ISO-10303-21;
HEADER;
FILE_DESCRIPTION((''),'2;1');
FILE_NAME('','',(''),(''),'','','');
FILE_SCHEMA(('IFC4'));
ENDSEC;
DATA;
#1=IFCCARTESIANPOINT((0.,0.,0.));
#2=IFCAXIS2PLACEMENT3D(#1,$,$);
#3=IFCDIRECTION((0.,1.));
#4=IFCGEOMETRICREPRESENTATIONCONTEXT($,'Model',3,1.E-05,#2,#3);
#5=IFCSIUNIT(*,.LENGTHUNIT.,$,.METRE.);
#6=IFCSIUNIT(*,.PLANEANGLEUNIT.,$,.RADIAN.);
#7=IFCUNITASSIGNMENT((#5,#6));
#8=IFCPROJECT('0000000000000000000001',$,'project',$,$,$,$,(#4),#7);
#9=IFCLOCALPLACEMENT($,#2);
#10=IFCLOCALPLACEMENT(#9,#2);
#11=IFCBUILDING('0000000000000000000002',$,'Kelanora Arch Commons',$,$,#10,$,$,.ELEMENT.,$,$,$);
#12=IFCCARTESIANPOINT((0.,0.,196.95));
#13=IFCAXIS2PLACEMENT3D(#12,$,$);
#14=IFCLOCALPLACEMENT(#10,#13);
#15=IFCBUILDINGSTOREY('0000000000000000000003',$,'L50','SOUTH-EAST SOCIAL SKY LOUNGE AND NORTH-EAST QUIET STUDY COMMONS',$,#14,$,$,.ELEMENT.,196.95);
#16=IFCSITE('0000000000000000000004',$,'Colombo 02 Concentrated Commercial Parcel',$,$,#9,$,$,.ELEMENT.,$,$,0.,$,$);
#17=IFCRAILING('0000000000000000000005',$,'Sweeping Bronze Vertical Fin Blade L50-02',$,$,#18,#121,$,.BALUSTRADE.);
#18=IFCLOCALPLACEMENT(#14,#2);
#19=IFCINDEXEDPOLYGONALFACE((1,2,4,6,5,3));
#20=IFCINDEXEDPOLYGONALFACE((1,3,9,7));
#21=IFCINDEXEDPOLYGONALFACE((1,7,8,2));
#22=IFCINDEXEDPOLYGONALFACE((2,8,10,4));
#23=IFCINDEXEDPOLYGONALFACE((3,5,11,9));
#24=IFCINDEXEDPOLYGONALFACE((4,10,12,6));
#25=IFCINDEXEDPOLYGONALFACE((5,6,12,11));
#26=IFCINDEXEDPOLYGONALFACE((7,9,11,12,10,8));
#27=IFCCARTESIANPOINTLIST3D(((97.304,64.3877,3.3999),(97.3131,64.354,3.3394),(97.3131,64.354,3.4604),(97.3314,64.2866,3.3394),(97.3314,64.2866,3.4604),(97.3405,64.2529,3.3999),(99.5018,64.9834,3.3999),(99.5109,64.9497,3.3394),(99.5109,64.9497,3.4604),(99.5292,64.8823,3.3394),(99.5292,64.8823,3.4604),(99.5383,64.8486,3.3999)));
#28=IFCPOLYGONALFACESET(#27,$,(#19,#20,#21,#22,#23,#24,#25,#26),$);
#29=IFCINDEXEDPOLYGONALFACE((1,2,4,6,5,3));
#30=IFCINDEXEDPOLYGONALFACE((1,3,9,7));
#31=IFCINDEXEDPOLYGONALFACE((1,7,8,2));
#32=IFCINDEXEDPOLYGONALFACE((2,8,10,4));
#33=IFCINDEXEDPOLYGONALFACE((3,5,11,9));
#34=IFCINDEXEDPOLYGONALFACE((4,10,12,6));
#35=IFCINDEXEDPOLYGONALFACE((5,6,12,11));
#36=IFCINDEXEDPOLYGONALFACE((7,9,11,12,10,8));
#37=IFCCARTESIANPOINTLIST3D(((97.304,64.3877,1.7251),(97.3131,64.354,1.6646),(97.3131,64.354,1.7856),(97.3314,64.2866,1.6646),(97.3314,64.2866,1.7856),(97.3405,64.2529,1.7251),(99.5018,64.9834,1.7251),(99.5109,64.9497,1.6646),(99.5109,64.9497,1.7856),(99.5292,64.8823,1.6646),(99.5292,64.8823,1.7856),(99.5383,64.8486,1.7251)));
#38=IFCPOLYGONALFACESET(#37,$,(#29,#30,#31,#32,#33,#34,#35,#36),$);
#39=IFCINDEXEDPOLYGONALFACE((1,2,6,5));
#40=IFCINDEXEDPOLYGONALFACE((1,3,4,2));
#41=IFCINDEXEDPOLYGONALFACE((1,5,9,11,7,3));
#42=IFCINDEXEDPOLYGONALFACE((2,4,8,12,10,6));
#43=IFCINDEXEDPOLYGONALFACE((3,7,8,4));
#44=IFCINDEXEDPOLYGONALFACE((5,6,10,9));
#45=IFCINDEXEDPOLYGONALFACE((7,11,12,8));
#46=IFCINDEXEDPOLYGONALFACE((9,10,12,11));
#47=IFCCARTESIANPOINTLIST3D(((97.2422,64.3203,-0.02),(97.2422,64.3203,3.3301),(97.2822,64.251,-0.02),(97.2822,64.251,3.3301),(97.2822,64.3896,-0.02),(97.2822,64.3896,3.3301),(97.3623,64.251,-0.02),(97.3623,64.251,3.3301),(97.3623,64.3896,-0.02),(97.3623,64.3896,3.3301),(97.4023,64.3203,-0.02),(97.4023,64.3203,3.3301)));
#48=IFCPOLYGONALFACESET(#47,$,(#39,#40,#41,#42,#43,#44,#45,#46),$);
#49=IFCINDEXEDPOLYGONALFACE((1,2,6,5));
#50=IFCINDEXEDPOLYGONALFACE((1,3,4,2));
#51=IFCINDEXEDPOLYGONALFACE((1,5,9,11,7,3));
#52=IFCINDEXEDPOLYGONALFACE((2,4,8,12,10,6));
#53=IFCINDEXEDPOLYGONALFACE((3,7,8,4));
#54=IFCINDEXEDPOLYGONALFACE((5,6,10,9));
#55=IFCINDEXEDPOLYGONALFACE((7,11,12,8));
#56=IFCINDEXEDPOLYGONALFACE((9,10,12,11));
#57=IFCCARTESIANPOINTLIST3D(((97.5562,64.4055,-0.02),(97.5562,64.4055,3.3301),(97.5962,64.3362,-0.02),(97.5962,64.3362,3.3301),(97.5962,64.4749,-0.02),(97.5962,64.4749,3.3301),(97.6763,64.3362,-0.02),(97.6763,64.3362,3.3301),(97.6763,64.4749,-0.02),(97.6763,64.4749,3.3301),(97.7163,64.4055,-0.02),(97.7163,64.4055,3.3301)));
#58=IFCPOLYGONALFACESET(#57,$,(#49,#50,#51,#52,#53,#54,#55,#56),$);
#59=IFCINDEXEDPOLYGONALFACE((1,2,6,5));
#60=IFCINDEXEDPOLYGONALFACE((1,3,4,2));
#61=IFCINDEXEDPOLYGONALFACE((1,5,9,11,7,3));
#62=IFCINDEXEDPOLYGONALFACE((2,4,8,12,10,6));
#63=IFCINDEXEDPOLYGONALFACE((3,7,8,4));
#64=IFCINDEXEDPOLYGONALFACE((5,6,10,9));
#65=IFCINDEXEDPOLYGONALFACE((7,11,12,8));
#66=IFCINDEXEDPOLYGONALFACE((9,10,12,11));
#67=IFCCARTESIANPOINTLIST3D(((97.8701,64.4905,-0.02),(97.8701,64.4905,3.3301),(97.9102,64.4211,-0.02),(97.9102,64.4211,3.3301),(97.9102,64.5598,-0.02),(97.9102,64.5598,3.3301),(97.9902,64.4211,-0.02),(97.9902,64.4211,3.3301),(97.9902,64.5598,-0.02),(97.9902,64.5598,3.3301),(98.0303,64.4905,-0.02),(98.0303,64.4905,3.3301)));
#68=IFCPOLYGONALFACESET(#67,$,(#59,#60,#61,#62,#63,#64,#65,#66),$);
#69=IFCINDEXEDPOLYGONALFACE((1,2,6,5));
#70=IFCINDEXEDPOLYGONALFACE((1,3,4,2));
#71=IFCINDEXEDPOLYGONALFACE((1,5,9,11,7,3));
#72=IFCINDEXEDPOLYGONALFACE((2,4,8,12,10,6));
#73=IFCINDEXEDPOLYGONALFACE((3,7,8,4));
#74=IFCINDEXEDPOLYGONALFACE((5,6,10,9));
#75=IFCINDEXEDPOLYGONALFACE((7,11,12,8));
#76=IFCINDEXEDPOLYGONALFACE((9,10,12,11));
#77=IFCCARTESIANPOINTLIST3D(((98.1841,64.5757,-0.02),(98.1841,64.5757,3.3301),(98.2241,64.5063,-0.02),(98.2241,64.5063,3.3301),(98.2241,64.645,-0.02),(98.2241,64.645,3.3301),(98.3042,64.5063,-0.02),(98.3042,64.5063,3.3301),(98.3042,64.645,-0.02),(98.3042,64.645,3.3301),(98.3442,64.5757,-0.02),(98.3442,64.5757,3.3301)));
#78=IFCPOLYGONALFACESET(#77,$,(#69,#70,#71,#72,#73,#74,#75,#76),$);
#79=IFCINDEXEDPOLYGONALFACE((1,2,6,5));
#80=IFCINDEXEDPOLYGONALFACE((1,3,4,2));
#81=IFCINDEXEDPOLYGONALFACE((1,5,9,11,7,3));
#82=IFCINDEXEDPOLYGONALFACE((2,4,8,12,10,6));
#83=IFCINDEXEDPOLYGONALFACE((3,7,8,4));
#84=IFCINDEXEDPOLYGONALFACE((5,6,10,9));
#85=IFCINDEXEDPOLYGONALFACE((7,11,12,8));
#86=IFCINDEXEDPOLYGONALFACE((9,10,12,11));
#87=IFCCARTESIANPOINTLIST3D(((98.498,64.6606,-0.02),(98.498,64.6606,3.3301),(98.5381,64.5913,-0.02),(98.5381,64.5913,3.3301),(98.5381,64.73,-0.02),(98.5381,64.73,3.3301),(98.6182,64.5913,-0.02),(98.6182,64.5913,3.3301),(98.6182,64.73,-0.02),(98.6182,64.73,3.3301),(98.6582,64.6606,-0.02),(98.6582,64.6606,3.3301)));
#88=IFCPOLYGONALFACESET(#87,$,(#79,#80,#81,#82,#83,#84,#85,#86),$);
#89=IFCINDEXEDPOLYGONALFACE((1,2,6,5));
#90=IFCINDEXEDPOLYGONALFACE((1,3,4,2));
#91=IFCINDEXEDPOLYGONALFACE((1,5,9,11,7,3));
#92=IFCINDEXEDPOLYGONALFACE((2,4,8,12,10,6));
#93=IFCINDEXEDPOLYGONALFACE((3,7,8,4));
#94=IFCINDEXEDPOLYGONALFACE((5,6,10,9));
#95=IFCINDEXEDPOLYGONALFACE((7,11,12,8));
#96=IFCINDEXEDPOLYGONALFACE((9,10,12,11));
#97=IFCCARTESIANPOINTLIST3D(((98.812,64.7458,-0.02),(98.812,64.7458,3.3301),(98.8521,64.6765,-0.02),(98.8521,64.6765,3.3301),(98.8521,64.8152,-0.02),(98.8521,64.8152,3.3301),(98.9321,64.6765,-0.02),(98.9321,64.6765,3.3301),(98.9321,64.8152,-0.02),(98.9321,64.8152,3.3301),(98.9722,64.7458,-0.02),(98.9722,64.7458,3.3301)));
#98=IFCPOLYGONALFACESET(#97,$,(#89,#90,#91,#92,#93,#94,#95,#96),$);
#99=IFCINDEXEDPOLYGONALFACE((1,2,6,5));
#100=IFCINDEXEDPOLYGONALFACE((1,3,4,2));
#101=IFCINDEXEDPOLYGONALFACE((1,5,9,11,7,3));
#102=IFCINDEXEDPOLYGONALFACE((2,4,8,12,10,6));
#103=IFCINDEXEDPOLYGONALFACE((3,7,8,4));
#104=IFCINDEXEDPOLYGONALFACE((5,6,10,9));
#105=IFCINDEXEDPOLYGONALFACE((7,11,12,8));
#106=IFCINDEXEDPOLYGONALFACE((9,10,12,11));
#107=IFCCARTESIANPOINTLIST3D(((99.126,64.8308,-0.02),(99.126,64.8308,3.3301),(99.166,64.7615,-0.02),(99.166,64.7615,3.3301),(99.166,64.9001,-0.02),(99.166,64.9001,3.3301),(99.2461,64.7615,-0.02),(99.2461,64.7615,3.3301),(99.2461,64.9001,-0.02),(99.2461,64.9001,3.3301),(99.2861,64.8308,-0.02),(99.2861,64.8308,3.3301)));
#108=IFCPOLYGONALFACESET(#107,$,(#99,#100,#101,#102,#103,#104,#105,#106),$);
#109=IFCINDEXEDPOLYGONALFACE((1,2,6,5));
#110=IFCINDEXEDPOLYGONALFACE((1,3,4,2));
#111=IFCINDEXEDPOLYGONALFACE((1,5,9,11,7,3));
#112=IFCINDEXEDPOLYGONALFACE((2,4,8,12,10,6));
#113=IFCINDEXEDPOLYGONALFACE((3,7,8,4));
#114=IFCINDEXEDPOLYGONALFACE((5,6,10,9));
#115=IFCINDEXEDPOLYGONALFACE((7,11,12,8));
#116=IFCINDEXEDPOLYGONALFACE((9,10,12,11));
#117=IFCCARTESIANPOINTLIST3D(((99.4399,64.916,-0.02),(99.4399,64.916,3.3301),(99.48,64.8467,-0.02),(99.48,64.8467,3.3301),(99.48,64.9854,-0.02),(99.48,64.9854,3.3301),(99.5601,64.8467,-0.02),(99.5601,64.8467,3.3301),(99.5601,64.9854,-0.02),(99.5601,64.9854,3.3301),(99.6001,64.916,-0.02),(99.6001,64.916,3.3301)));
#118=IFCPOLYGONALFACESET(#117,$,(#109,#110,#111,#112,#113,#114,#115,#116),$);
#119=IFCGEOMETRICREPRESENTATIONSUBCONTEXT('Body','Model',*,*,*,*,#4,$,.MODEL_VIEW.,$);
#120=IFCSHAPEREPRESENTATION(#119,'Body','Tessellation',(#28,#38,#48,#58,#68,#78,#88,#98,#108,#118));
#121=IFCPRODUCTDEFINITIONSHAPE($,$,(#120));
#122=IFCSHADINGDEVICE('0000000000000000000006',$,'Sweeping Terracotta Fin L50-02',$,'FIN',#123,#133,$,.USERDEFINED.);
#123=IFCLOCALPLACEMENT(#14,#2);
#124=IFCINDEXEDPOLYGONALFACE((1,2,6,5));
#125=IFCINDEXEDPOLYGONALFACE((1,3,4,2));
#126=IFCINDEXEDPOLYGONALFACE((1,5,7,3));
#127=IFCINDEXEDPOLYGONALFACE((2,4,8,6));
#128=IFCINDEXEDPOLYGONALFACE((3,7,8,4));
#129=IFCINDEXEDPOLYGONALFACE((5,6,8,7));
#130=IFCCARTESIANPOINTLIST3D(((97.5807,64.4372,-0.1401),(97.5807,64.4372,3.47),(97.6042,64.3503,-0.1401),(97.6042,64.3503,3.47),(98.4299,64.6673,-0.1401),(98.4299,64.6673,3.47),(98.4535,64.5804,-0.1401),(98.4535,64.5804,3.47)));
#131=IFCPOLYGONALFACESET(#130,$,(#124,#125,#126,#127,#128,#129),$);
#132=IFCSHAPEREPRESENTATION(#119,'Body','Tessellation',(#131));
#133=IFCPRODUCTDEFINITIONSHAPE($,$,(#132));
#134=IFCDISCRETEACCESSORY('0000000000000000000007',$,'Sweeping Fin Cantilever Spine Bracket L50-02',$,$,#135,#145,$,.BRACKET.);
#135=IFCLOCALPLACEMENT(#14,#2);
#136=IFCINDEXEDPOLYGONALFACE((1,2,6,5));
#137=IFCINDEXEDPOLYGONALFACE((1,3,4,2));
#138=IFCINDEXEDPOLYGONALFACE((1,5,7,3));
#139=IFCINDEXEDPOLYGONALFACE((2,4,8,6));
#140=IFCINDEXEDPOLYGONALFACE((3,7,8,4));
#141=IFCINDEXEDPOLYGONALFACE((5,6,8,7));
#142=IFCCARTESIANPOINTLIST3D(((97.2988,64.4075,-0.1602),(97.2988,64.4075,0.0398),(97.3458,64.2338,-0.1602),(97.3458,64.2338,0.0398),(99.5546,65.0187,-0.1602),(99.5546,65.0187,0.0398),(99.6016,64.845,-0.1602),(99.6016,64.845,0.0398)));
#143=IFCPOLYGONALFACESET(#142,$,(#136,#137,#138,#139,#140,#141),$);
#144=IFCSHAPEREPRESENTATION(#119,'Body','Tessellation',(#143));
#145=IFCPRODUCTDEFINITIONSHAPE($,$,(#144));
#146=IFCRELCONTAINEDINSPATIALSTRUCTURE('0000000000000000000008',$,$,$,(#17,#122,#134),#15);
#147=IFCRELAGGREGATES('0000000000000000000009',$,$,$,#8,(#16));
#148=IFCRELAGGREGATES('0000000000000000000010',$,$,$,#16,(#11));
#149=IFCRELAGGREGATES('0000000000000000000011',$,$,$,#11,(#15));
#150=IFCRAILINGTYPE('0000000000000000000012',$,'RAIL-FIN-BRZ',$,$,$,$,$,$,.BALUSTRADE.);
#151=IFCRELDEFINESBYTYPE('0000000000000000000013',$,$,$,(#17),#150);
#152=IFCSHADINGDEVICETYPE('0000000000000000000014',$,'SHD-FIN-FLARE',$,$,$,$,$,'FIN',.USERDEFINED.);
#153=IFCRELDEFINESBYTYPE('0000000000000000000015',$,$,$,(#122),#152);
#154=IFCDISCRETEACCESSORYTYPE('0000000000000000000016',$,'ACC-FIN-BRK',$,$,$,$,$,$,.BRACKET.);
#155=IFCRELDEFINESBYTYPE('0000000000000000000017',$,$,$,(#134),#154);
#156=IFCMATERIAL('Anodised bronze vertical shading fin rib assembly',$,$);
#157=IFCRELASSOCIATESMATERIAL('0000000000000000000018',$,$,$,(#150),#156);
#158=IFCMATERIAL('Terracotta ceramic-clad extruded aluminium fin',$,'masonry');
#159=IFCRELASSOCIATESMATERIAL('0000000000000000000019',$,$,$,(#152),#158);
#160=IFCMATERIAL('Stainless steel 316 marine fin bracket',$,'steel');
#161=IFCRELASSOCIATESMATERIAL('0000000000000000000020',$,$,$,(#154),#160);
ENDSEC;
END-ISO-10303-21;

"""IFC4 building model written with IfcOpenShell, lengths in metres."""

from ifc_helpers import new_model, si_unit, direction, frame, origin, origin_2d, place, context, subcontext, project, spatial, polyline, rectangle, outline, extrude, source, transform, mapped, material, type_object, element, save


model = new_model("IFC4")

# Units and contexts
model_context = context("Model", 3, precision=1e-05, world=origin(), true_north=direction((0.0, 1.0)))
body_context = subcontext(model_context, "Body", "Model", "MODEL_VIEW")
ifc_project = project(units=[si_unit("LENGTHUNIT", "METRE"), si_unit("PLANEANGLEUNIT", "RADIAN")], contexts=[model_context])

# Site, building, storey
site_placement = place(None, origin())
site = spatial("IfcSite", under=ifc_project, at=site_placement, Name="Colombo 02 Concentrated Commercial Parcel", CompositionType="ELEMENT", RefElevation=0.0)
building_placement = place(site_placement, origin())
building = spatial("IfcBuilding", under=site, at=building_placement, Name="Kelanora Arch Commons", CompositionType="ELEMENT")
storey_placement = place(building_placement, frame((0.0, 0.0, 196.95)))
storey = spatial("IfcBuildingStorey", under=building, at=storey_placement, Name="L50", Description="SOUTH-EAST SOCIAL SKY LOUNGE AND NORTH-EAST QUIET STUDY COMMONS", CompositionType="ELEMENT", Elevation=196.95)

# Railing
ifc_material_1 = material(Name="Anodised bronze vertical shading fin rib assembly")
railing_type_1 = type_object("IfcRailingType", Name="RAIL-FIN-BRZ", PredefinedType="BALUSTRADE", material=ifc_material_1)
railing_1_placement = place(storey_placement, frame((97.3223, 64.3203, -0.02)))
element("IfcRailing", 1, at=railing_1_placement, inside=storey, type_object=railing_type_1, Name="Sweeping Bronze Vertical Fin Blade L50-02", PredefinedType="BALUSTRADE", context=body_context, shape_type="SweptSolid", body=[
    extrude(outline(polyline([(0.0698, 0.0), (0.0349, 0.0605), (-0.0349, 0.0605), (-0.0698, 0.0), (-0.0349, -0.0605), (0.0349, -0.0605), (0.0698, 0.0)])), frame((0.0, 0.0, 3.4199), z_axis=(0.965173, 0.261611, 0.0), x_axis=(-0.261611, 0.965173, 0.0)), (0.0, 0.0, 1.0), 2.2771),
    extrude(outline(polyline([(0.0698, 0.0), (0.0349, 0.0605), (-0.0349, 0.0605), (-0.0698, 0.0), (-0.0349, -0.0605), (0.0349, -0.0605), (0.0698, 0.0)])), frame((0.0, 0.0, 1.7451), z_axis=(0.965173, 0.261611, 0.0), x_axis=(-0.261611, 0.965173, 0.0)), (0.0, 0.0, 1.0), 2.2771),
    extrude(outline(polyline([(0.0801, 0.0), (0.04, 0.0693), (-0.04, 0.0693), (-0.0801, 0.0), (-0.04, -0.0693), (0.04, -0.0693), (0.0801, 0.0)])), origin(), (0.0, 0.0, 1.0), 3.3501),
    extrude(outline(polyline([(0.0801, 0.0), (0.04, 0.0693), (-0.04, 0.0693), (-0.0801, 0.0), (-0.04, -0.0693), (0.04, -0.0693), (0.0801, 0.0)])), frame((0.314, 0.0852, 0.0)), (0.0, 0.0, 1.0), 3.3501),
    extrude(outline(polyline([(0.0801, 0.0), (0.04, 0.0693), (-0.04, 0.0693), (-0.0801, 0.0), (-0.04, -0.0693), (0.04, -0.0693), (0.0801, 0.0)])), frame((0.6279, 0.1702, 0.0)), (0.0, 0.0, 1.0), 3.3501),
    extrude(outline(polyline([(0.0801, 0.0), (0.04, 0.0693), (-0.04, 0.0693), (-0.0801, 0.0), (-0.04, -0.0693), (0.04, -0.0693), (0.0801, 0.0)])), frame((0.9419, 0.2554, 0.0)), (0.0, 0.0, 1.0), 3.3501),
    extrude(outline(polyline([(0.0801, 0.0), (0.04, 0.0693), (-0.04, 0.0693), (-0.0801, 0.0), (-0.04, -0.0693), (0.04, -0.0693), (0.0801, 0.0)])), frame((1.2559, 0.3403, 0.0)), (0.0, 0.0, 1.0), 3.3501),
    extrude(outline(polyline([(0.0801, 0.0), (0.04, 0.0693), (-0.04, 0.0693), (-0.0801, 0.0), (-0.04, -0.0693), (0.04, -0.0693), (0.0801, 0.0)])), frame((1.5698, 0.4255, 0.0)), (0.0, 0.0, 1.0), 3.3501),
    extrude(outline(polyline([(0.0801, 0.0), (0.04, 0.0693), (-0.04, 0.0693), (-0.0801, 0.0), (-0.04, -0.0693), (0.04, -0.0693), (0.0801, 0.0)])), frame((1.8838, 0.5105, 0.0)), (0.0, 0.0, 1.0), 3.3501),
    extrude(outline(polyline([(0.0801, 0.0), (0.04, 0.0693), (-0.04, 0.0693), (-0.0801, 0.0), (-0.04, -0.0693), (0.04, -0.0693), (0.0801, 0.0)])), frame((2.1978, 0.5957, 0.0)), (0.0, 0.0, 1.0), 3.3501),
])

# Shading device
ifc_material_2 = material(Name="Terracotta ceramic-clad extruded aluminium fin", Category="masonry")
shading_device_type = type_object("IfcShadingDeviceType", Name="SHD-FIN-FLARE", ElementType="FIN", PredefinedType="USERDEFINED", material=ifc_material_2)
shared_shape_1 = source(origin(), body_context, "Body", "SweptSolid", [
    extrude(rectangle(XDim=0.8799, YDim=0.0901, at=origin_2d()), origin(), (0.0, 0.0, 1.0), 3.6101),
])
shading_device_placement = place(storey_placement, frame((98.0171, 64.5088, -0.1401), z_axis=(0.0, 0.0, 1.0), x_axis=(0.965199, 0.261515, 0.0)))
element("IfcShadingDevice", 2, at=shading_device_placement, inside=storey, type_object=shading_device_type, Name="Sweeping Terracotta Fin L50-02", ObjectType="FIN", PredefinedType="USERDEFINED", context=body_context, shape_type="MappedRepresentation", body=[
    mapped(shared_shape_1, transform((0.0, 0.0, 0.0), scale=1.0)),
])

# Discrete accessory
ifc_material_3 = material(Name="Stainless steel 316 marine fin bracket", Category="steel")
discrete_accessory_type = type_object("IfcDiscreteAccessoryType", Name="ACC-FIN-BRK", PredefinedType="BRACKET", material=ifc_material_3)
shared_shape_2 = source(origin(), body_context, "Body", "SweptSolid", [
    extrude(rectangle(XDim=2.3372, YDim=0.1799, at=origin_2d()), origin(), (0.0, 0.0, 1.0), 0.2),
])
discrete_accessory_placement = place(storey_placement, frame((98.4502, 64.6262, -0.1602), z_axis=(0.0, 0.0, 1.0), x_axis=(0.965199, 0.261515, 0.0)))
element("IfcDiscreteAccessory", 3, at=discrete_accessory_placement, inside=storey, type_object=discrete_accessory_type, Name="Sweeping Fin Cantilever Spine Bracket L50-02", PredefinedType="BRACKET", context=body_context, shape_type="MappedRepresentation", body=[
    mapped(shared_shape_2, transform((0.0, 0.0, 0.0), scale=1.0)),
])

save(model, "model.ifc")
